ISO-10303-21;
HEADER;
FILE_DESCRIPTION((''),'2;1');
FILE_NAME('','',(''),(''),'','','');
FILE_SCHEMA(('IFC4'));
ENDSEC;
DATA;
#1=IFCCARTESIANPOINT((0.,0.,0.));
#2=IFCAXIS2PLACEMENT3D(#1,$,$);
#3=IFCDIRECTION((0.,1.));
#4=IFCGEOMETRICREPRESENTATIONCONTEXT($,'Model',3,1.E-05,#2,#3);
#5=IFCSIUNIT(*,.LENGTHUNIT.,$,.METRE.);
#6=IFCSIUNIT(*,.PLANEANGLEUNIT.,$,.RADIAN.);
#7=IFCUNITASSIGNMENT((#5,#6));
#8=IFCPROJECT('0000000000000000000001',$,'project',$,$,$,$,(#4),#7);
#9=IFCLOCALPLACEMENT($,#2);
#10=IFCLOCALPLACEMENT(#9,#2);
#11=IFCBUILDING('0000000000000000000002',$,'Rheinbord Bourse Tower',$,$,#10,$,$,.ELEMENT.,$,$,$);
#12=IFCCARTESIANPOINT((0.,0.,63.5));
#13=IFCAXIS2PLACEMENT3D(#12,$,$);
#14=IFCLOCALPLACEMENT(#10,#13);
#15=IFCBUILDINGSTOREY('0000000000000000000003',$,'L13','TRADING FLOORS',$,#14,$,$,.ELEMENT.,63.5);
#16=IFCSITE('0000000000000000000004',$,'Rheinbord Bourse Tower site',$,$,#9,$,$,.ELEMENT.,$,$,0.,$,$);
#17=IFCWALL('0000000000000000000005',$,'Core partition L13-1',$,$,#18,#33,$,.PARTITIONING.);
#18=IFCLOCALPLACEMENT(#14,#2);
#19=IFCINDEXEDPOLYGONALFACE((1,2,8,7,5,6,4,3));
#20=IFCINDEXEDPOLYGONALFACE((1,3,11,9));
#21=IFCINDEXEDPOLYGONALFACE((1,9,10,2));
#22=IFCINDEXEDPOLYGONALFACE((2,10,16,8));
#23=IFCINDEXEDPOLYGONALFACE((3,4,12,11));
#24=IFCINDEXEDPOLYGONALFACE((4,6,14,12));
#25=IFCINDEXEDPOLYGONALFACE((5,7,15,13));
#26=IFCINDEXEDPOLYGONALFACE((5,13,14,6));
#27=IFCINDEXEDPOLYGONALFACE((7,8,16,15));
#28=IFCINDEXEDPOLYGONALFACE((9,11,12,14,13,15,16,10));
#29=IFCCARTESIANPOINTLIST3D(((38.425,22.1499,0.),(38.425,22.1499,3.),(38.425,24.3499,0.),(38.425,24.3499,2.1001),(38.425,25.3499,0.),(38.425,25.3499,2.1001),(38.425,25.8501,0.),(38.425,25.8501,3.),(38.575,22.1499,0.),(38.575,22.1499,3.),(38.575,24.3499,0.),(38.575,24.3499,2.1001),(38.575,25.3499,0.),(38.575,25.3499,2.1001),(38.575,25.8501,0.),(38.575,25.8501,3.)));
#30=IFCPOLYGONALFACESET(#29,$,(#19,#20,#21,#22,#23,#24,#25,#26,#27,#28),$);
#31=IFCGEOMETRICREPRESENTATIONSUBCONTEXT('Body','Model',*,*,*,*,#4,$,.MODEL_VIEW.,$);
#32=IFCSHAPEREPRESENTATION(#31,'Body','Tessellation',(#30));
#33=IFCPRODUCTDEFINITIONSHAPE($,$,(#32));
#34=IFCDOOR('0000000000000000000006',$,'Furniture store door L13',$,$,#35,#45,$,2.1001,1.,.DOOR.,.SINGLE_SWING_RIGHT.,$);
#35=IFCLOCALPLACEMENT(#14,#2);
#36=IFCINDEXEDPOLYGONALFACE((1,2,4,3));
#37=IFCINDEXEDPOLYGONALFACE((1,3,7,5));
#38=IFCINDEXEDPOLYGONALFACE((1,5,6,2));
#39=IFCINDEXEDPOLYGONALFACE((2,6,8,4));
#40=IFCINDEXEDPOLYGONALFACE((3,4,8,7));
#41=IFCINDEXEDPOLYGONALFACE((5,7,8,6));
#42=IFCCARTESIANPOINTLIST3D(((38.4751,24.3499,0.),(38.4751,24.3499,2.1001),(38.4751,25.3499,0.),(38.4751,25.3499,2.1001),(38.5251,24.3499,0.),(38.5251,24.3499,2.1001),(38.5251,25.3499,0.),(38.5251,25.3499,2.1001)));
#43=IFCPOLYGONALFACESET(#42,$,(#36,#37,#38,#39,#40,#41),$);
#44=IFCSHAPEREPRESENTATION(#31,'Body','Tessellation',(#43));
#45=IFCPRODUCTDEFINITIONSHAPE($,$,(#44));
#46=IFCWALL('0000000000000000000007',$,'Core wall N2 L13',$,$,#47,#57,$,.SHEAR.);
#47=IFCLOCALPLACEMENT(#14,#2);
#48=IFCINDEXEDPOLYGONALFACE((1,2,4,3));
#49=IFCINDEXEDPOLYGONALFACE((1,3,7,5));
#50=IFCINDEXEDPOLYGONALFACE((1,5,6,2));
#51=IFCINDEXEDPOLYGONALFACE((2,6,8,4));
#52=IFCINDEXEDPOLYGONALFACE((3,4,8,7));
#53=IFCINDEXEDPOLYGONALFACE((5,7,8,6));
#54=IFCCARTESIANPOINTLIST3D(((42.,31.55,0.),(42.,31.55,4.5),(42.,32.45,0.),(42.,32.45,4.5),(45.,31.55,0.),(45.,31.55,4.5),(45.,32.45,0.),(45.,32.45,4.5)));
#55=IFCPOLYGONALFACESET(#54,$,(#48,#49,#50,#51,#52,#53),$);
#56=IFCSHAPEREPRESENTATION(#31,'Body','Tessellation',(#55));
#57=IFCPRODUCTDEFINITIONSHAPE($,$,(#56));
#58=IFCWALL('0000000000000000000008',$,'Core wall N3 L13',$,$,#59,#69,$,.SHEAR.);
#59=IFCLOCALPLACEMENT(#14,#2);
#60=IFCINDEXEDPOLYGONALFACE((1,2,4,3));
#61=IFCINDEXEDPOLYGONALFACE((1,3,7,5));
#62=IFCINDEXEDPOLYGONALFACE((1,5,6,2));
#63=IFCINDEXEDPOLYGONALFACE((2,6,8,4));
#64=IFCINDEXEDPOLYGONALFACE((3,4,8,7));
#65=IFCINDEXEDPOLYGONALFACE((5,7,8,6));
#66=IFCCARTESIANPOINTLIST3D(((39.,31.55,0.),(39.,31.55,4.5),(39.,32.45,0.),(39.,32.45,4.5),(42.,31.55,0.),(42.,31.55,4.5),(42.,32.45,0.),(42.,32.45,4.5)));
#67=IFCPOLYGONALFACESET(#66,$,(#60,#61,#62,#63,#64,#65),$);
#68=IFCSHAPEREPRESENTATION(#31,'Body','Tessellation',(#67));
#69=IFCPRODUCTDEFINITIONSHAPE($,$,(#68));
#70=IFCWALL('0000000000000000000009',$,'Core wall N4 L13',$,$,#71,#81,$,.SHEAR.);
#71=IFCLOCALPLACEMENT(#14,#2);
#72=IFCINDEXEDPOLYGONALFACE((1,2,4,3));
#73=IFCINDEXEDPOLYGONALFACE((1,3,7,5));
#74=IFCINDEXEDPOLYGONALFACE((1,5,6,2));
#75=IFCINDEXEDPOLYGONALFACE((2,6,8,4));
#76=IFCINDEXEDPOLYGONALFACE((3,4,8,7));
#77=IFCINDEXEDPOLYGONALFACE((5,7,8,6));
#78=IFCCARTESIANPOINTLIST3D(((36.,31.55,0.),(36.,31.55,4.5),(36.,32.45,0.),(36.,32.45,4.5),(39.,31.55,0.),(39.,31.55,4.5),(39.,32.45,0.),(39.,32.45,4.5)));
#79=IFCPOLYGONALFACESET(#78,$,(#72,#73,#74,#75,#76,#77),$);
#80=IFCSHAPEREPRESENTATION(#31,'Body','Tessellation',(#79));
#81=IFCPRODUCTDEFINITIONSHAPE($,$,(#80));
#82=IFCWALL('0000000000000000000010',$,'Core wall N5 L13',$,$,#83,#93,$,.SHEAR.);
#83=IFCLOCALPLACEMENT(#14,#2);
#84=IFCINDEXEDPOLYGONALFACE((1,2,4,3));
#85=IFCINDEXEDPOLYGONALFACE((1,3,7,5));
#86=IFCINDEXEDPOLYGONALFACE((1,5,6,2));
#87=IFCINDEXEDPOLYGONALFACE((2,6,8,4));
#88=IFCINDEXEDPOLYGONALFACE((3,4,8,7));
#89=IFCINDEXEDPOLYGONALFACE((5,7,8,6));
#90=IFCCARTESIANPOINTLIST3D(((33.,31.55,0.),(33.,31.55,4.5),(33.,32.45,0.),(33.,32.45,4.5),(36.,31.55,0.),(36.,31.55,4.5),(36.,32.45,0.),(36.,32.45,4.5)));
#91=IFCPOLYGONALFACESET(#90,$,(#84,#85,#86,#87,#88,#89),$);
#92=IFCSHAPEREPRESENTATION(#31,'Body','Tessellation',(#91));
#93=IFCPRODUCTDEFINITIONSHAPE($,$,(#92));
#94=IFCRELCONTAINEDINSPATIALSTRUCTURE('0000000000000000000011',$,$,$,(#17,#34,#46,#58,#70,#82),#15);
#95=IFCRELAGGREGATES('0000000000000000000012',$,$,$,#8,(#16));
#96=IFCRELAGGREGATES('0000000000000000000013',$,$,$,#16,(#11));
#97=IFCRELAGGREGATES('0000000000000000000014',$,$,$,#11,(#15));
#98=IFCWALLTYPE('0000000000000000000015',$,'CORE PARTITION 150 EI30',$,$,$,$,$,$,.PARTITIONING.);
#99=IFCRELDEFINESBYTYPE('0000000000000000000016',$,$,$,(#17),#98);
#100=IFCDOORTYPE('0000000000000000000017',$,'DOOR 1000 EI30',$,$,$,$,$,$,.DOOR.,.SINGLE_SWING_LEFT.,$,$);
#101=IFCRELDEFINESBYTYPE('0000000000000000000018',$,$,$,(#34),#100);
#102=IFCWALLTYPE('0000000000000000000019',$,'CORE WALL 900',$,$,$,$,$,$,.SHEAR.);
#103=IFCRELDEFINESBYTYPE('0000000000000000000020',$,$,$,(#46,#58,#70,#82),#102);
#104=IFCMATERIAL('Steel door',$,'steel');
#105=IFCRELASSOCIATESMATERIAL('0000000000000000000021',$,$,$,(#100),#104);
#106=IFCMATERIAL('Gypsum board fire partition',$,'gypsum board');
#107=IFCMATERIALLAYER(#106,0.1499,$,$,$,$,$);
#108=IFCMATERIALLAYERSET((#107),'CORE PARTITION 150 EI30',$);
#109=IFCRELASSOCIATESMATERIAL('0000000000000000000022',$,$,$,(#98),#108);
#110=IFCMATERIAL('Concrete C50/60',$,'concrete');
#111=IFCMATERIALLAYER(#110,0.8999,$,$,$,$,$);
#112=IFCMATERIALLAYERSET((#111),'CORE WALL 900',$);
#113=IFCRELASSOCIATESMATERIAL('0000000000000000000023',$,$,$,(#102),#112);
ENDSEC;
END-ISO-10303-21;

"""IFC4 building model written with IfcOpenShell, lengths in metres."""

from ifc_helpers import new_model, si_unit, direction, frame, frame_2d, origin, place, context, subcontext, project, spatial, rectangle, extrude, material, layer, layer_set, type_object, element, fill, save


model = new_model("IFC4")

# Units and contexts
model_context = context("Model", 3, precision=1e-05, world=origin(), true_north=direction((0.0, 1.0)))
body_context = subcontext(model_context, "Body", "Model", "MODEL_VIEW")
ifc_project = project(units=[si_unit("LENGTHUNIT", "METRE"), si_unit("PLANEANGLEUNIT", "RADIAN")], contexts=[model_context])

# Site, building, storey
site_placement = place(None, origin())
site = spatial("IfcSite", under=ifc_project, at=site_placement, Name="Rheinbord Bourse Tower site", CompositionType="ELEMENT", RefElevation=0.0)
building_placement = place(site_placement, origin())
building = spatial("IfcBuilding", under=site, at=building_placement, Name="Rheinbord Bourse Tower", CompositionType="ELEMENT")
storey_placement = place(building_placement, frame((0.0, 0.0, 63.5)))
storey = spatial("IfcBuildingStorey", under=building, at=storey_placement, Name="L13", Description="TRADING FLOORS", CompositionType="ELEMENT", Elevation=63.5)

# Shared definitions
ifc_material_1 = material(Name="Steel door", Category="steel")
door_type_1 = type_object("IfcDoorType", Name="DOOR 1000 EI30", OperationType="SINGLE_SWING_LEFT", PredefinedType="DOOR", material=ifc_material_1)

# Wall, opening, door
ifc_material_2 = material(Name="Gypsum board fire partition", Category="gypsum board")
ifc_layer_1 = layer(ifc_material_2, 0.1499)
ifc_layer_set_1 = layer_set([ifc_layer_1], Name="CORE PARTITION 150 EI30")
wall_type_1 = type_object("IfcWallType", Name="CORE PARTITION 150 EI30", PredefinedType="PARTITIONING", material=ifc_layer_set_1)
wall_1_placement = place(storey_placement, frame((38.5, 22.1499, 0.0), z_axis=(0.0, 0.0, 1.0), x_axis=(0.0, 1.0, 0.0)))
wall_1 = element("IfcWall", 1, at=wall_1_placement, inside=storey, type_object=wall_type_1, Name="Core partition L13-1", PredefinedType="PARTITIONING", context=body_context, shape_type="SweptSolid", body=[
    extrude(rectangle(XDim=3.7002, YDim=0.1499, at=frame_2d((1.8501, 0.0))), origin(), (0.0, 0.0, 1.0), 3.0),
])
opening_1_placement = place(wall_1_placement, frame((2.2, 0.0, 0.0)))
opening_1 = element("IfcOpeningElement", 2, at=opening_1_placement, cuts=wall_1, PredefinedType="OPENING", context=body_context, shape_type="SweptSolid", body=[
    extrude(rectangle(XDim=1.0, YDim=2.1001, at=frame_2d((0.5, 1.05))), frame((0.0, 0.085, 0.0), z_axis=(0.0, -1.0, 0.0), x_axis=(1.0, 0.0, 0.0)), (0.0, 0.0, 1.0), 0.1699),
])
door_1_placement = place(opening_1_placement, origin())
door_1 = element("IfcDoor", 3, at=door_1_placement, inside=storey, type_object=door_type_1, Name="Furniture store door L13", OperationType="SINGLE_SWING_RIGHT", OverallHeight=2.1001, OverallWidth=1.0, PredefinedType="DOOR", context=body_context, shape_type="SweptSolid", body=[
    extrude(rectangle(XDim=1.0, YDim=2.1001, at=frame_2d((0.5, 1.05))), frame((0.0, 0.0249, 0.0), z_axis=(0.0, -1.0, 0.0), x_axis=(1.0, 0.0, 0.0)), (0.0, 0.0, 1.0), 0.05),
])
fill(opening_1, door_1)

# Walls
ifc_material_3 = material(Name="Concrete C50/60", Category="concrete")
ifc_layer_2 = layer(ifc_material_3, 0.8999)
ifc_layer_set_2 = layer_set([ifc_layer_2], Name="CORE WALL 900")
wall_type_2 = type_object("IfcWallType", Name="CORE WALL 900", PredefinedType="SHEAR", material=ifc_layer_set_2)
for number, where, z_axis, x_axis, name in (
    (4, (45.0, 32.0, 0.0), (0.0, 0.0, 1.0), (-1.0, 0.0, 0.0), "Core wall N2 L13"),
    (5, (42.0, 32.0, 0.0), (0.0, 0.0, 1.0), (-1.0, 0.0, 0.0), "Core wall N3 L13"),
    (6, (39.0, 32.0, 0.0), (0.0, 0.0, 1.0), (-1.0, 0.0, 0.0), "Core wall N4 L13"),
    (7, (36.0, 32.0, 0.0), (0.0, 0.0, 1.0), (-1.0, 0.0, 0.0), "Core wall N5 L13"),
):
    element("IfcWall", number, at=place(storey_placement, frame(where, z_axis=z_axis, x_axis=x_axis)), inside=storey, type_object=wall_type_2, Name=name, PredefinedType="SHEAR", context=body_context, shape_type="SweptSolid", body=[
        extrude(rectangle(XDim=3.0, YDim=0.8999, at=frame_2d((1.5, 0.0))), origin(), (0.0, 0.0, 1.0), 4.5),
    ])

save(model, "model.ifc")
